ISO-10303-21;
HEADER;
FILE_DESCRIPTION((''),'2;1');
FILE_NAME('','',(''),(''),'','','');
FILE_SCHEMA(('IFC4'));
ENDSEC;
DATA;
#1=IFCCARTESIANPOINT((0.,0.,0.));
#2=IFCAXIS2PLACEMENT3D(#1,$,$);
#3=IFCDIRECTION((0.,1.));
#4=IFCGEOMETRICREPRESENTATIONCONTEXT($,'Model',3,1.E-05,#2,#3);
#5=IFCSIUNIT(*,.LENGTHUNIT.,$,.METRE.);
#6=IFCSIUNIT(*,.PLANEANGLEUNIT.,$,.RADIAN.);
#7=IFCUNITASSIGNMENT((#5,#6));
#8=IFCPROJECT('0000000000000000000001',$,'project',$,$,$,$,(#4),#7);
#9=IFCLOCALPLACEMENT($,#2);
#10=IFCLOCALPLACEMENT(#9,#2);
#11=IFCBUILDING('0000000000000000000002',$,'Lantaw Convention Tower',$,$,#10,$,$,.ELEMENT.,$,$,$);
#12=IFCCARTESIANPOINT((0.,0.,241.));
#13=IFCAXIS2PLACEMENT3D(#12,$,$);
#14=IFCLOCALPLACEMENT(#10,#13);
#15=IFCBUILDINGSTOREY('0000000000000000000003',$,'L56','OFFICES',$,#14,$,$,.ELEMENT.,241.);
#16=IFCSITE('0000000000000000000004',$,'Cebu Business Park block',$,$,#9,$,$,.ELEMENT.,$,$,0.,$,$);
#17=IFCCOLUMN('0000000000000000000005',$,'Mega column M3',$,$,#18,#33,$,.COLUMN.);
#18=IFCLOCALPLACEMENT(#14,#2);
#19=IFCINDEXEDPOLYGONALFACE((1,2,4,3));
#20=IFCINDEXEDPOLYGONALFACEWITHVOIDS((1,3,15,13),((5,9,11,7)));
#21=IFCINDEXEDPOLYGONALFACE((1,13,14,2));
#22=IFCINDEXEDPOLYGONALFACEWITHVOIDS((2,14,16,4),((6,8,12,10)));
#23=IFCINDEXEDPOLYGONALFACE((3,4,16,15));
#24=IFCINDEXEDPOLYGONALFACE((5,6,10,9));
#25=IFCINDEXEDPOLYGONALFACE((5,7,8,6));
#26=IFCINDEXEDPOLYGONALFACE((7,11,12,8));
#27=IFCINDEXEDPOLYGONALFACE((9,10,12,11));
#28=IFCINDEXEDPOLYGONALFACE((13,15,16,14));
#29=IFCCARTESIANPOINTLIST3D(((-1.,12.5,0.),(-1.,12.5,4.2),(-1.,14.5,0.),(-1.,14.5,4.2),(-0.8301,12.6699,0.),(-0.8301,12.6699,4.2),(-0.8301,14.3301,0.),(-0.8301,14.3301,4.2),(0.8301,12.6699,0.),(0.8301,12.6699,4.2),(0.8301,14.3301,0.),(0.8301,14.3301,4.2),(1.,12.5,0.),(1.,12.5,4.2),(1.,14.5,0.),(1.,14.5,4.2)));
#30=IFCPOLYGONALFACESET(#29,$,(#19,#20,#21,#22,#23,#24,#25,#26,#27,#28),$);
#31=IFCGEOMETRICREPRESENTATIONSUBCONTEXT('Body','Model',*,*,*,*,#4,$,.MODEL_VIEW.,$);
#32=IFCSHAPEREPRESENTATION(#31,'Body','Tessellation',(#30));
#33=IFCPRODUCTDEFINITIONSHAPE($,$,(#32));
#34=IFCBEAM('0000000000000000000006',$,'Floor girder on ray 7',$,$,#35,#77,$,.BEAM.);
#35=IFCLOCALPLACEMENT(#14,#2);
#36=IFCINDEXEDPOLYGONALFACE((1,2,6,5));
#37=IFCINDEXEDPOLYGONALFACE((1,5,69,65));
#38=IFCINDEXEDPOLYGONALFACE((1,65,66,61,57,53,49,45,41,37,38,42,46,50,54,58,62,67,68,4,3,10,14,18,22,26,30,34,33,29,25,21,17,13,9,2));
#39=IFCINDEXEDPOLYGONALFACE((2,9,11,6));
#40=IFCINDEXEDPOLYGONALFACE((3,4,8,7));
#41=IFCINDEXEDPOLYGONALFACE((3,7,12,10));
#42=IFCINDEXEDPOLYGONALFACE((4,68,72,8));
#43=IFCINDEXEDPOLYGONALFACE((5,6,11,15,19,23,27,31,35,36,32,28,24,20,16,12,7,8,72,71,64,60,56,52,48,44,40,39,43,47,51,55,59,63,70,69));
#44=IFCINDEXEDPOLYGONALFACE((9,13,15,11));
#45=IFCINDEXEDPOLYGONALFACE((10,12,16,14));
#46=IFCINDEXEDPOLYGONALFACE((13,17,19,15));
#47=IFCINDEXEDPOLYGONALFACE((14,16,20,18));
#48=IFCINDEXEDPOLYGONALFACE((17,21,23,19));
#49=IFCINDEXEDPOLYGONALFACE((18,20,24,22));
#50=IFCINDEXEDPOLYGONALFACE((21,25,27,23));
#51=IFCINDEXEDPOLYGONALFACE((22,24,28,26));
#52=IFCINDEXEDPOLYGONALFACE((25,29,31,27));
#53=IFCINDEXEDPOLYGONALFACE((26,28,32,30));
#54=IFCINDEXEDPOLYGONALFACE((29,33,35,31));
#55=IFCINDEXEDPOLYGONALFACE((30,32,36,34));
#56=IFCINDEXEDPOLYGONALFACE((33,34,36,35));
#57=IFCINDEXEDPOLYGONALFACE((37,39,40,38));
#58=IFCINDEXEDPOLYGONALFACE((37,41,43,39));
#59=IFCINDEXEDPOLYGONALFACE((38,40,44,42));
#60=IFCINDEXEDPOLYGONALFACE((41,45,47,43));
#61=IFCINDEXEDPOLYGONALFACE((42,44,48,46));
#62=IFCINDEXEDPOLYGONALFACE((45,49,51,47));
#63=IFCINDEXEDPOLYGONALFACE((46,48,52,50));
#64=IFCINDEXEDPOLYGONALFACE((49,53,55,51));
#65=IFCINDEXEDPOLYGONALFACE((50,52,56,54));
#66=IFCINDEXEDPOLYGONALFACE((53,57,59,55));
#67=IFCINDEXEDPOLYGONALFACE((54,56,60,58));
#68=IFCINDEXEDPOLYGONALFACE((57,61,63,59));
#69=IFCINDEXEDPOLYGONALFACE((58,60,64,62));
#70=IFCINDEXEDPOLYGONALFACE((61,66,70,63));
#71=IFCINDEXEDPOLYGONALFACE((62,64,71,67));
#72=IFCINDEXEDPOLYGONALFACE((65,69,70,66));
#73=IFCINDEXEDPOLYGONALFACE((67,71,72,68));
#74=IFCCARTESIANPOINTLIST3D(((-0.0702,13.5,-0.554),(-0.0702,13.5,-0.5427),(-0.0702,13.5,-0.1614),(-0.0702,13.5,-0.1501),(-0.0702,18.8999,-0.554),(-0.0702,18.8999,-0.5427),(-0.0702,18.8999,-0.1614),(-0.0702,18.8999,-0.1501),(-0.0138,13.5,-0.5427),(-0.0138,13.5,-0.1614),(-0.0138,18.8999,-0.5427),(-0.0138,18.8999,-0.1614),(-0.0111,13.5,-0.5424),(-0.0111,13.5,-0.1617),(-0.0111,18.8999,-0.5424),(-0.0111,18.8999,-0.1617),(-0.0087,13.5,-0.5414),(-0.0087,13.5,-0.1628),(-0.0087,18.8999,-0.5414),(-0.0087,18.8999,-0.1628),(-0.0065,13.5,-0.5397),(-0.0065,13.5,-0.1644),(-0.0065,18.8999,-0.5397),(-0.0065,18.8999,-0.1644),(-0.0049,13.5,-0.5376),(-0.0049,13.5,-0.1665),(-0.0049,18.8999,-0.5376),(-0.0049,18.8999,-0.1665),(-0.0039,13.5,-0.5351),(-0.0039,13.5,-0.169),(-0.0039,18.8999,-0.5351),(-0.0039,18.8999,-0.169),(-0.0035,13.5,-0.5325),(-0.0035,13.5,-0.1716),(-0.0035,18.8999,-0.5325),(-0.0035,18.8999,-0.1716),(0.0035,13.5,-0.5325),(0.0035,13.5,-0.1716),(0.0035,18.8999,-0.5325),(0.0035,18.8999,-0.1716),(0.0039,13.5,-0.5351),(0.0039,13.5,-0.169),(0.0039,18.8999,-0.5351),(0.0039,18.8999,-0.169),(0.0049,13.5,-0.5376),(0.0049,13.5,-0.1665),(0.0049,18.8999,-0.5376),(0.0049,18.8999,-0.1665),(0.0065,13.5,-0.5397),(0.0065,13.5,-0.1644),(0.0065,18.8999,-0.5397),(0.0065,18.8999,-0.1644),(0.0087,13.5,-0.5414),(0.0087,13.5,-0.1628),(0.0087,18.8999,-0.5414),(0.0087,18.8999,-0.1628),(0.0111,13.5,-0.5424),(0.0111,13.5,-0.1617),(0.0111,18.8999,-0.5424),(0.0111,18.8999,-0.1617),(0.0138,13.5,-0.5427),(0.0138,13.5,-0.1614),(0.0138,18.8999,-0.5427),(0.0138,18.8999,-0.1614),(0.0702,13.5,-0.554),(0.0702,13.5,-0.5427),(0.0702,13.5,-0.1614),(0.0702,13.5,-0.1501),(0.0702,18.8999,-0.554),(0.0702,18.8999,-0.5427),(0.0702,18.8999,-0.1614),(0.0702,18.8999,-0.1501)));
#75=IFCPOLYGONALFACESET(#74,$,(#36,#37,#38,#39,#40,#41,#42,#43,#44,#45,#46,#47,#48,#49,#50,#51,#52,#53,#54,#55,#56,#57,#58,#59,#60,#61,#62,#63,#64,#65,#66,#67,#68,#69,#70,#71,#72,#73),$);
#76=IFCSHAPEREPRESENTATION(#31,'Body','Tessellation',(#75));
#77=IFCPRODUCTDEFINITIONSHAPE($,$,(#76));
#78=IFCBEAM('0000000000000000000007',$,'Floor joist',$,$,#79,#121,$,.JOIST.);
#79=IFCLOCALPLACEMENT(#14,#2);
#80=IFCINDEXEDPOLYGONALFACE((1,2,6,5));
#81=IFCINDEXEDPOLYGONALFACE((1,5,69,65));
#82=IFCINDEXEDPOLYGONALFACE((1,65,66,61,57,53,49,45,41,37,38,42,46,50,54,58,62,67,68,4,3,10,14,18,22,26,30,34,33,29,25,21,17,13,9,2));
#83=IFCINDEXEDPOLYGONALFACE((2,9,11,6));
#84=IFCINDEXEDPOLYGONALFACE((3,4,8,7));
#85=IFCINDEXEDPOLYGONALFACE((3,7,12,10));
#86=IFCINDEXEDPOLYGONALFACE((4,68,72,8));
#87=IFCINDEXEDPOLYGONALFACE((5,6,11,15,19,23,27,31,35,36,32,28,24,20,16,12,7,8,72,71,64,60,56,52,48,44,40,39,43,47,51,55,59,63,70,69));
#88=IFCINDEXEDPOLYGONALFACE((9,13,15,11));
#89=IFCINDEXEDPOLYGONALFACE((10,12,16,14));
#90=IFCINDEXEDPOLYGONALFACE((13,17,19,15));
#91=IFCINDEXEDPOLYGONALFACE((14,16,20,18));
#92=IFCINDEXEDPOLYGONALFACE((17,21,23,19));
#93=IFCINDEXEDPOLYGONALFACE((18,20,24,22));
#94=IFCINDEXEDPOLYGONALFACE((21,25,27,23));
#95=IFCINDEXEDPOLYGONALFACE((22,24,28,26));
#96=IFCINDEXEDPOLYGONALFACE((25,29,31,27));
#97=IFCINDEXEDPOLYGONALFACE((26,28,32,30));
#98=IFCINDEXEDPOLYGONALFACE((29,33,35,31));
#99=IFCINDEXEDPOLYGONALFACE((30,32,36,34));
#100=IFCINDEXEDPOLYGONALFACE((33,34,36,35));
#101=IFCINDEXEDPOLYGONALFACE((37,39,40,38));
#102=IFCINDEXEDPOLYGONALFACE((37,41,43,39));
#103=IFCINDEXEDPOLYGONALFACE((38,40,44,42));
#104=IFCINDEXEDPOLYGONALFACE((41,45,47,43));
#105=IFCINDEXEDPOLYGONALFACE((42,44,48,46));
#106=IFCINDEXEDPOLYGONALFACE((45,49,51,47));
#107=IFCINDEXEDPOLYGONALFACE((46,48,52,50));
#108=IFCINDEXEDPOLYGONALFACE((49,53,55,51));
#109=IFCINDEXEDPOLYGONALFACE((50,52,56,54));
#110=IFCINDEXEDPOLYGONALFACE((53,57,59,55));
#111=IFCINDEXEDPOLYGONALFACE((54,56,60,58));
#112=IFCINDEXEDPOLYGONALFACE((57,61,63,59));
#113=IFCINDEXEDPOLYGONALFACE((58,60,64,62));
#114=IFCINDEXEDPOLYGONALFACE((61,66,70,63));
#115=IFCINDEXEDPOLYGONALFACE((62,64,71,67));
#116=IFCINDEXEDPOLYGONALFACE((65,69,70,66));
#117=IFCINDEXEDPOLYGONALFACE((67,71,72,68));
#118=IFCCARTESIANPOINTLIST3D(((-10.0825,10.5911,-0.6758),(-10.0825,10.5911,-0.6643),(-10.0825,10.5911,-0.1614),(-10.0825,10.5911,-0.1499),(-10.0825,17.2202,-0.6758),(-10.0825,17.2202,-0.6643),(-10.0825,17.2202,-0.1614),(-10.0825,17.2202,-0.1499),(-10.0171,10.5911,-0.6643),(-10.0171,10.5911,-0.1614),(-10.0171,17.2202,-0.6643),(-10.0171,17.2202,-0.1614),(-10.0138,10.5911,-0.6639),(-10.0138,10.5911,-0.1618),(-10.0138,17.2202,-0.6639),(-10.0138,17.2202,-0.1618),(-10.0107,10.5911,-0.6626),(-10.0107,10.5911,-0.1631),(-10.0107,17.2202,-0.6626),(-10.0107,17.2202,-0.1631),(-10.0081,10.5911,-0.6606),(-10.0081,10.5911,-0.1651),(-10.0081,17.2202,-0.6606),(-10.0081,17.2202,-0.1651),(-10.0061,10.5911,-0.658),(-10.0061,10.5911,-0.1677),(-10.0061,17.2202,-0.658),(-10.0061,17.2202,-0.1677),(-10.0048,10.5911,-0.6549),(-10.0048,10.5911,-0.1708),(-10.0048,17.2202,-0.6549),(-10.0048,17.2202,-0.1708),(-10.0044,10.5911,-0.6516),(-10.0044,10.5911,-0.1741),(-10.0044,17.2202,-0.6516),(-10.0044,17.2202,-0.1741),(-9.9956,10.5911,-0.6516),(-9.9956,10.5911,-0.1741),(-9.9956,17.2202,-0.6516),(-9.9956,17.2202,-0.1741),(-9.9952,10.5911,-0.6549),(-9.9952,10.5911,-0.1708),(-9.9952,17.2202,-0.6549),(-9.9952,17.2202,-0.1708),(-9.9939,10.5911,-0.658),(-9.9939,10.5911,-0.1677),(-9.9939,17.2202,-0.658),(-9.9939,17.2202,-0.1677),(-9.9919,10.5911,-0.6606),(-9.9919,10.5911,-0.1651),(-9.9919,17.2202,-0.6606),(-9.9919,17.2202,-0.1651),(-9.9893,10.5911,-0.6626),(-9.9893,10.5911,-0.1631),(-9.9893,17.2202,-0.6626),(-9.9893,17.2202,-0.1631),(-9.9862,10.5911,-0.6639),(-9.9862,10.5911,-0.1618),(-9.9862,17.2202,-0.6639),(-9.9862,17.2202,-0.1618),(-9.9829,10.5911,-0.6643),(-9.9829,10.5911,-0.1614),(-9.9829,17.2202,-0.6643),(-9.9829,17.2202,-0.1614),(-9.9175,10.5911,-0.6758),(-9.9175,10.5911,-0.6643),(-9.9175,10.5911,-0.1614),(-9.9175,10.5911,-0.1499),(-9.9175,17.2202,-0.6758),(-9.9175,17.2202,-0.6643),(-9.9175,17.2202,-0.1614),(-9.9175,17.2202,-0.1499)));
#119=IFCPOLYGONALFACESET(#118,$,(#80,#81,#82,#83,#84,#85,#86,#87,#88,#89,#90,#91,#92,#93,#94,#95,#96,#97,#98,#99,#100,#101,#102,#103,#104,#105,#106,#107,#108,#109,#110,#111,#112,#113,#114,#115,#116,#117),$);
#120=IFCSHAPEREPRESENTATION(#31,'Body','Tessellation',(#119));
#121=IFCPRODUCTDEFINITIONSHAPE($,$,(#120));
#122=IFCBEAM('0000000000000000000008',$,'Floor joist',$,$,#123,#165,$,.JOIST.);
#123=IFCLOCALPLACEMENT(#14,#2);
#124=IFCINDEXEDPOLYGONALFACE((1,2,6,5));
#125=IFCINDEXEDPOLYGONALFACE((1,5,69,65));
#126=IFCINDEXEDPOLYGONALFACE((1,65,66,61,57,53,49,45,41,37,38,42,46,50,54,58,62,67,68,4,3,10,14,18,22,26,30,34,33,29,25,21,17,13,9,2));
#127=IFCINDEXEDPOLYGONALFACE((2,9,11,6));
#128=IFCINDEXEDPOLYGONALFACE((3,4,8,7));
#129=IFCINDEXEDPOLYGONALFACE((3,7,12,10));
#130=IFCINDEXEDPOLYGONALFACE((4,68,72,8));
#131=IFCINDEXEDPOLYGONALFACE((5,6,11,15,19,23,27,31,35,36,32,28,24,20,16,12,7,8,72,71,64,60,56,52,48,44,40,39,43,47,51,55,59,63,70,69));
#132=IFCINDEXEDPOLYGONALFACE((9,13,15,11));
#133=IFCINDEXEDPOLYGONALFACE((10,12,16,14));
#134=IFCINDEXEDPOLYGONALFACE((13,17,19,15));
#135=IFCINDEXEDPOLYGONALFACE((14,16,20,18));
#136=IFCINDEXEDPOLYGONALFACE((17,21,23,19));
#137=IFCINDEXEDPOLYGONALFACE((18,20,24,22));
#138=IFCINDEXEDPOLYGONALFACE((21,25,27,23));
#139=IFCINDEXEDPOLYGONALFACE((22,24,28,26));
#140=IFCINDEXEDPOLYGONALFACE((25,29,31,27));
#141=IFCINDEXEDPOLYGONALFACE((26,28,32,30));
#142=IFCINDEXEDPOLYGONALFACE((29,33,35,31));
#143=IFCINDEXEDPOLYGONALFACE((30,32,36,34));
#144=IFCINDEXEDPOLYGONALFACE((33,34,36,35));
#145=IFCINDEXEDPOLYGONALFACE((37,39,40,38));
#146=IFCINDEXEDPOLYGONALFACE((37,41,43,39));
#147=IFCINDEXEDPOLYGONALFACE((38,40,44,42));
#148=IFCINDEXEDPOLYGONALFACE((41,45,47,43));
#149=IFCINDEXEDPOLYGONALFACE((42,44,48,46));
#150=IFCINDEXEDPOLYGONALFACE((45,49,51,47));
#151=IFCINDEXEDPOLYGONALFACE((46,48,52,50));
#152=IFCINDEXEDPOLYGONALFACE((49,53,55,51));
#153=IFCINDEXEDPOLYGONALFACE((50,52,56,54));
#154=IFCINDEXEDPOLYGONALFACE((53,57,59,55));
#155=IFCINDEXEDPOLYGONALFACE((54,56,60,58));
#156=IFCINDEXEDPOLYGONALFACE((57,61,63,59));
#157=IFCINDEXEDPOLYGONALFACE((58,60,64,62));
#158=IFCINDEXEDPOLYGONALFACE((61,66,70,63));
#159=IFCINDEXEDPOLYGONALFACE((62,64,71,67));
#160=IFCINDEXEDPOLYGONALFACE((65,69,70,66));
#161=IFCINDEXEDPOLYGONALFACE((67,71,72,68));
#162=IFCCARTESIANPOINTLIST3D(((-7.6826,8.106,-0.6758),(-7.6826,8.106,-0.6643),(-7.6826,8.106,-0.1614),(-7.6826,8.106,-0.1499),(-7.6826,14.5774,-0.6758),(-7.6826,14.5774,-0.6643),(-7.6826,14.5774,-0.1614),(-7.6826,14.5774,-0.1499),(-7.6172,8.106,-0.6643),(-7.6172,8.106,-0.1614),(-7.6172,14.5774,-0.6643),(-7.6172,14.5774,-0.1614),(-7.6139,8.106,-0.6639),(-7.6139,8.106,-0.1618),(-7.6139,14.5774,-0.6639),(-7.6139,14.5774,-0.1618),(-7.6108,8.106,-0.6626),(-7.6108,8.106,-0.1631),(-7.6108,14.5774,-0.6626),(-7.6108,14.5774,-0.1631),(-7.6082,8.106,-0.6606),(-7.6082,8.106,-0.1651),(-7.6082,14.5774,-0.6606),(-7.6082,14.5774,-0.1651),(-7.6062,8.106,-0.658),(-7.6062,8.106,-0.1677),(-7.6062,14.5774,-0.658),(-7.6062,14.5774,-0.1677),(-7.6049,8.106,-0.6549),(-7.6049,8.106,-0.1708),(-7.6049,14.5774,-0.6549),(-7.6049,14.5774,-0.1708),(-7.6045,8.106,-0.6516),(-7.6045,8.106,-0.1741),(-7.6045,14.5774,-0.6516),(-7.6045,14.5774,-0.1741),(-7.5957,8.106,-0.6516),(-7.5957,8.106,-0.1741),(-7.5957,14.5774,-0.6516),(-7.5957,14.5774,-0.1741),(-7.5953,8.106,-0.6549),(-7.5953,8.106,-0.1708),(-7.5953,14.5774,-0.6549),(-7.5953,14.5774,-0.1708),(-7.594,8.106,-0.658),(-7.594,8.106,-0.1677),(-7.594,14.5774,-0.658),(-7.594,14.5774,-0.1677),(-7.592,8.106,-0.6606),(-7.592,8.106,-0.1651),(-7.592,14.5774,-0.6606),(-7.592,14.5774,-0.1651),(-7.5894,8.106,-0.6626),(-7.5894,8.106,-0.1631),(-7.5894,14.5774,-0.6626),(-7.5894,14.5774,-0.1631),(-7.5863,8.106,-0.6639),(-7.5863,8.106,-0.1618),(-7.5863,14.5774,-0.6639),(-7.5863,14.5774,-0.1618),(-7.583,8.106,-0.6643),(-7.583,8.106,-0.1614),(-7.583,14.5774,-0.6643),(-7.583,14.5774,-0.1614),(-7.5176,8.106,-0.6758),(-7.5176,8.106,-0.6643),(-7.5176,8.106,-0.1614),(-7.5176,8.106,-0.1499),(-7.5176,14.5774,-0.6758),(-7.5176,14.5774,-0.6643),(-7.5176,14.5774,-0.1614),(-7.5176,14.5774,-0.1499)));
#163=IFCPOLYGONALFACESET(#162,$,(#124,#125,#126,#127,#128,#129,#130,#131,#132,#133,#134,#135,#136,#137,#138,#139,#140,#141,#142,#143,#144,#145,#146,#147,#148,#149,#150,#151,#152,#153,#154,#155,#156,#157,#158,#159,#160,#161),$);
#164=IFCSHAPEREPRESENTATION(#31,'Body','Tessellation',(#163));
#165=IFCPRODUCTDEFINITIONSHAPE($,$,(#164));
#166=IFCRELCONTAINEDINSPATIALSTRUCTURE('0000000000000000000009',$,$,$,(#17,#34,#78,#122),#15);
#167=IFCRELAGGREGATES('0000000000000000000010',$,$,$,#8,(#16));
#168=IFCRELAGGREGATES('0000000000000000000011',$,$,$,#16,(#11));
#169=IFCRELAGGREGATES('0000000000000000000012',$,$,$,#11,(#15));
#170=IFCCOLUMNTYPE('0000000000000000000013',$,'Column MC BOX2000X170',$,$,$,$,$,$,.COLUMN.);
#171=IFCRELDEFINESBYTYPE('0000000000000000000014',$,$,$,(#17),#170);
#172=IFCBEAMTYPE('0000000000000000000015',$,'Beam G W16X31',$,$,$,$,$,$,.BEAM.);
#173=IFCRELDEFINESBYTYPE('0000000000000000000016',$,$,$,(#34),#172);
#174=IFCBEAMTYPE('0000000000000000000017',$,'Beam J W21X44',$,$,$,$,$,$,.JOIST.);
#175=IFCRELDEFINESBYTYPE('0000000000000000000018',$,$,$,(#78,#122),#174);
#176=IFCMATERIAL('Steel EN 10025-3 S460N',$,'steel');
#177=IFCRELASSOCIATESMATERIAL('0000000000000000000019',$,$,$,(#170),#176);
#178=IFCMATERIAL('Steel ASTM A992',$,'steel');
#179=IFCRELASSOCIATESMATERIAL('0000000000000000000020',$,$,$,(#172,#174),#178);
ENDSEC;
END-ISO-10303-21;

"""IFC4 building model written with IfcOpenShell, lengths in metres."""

from ifc_helpers import new_model, si_unit, direction, frame, origin, origin_2d, place, context, subcontext, project, spatial, rectangle, hollow_rectangle, i_section, extrude, material, material_profile, profile_set, type_object, element, save


model = new_model("IFC4")

# Units and contexts
model_context = context("Model", 3, precision=1e-05, world=origin(), true_north=direction((0.0, 1.0)))
body_context = subcontext(model_context, "Body", "Model", "MODEL_VIEW")
ifc_project = project(units=[si_unit("LENGTHUNIT", "METRE"), si_unit("PLANEANGLEUNIT", "RADIAN")], contexts=[model_context])

# Site, building, storey
site_placement = place(None, origin())
site = spatial("IfcSite", under=ifc_project, at=site_placement, Name="Cebu Business Park block", CompositionType="ELEMENT", RefElevation=0.0)
building_placement = place(site_placement, origin())
building = spatial("IfcBuilding", under=site, at=building_placement, Name="Lantaw Convention Tower", CompositionType="ELEMENT")
storey_placement = place(building_placement, frame((0.0, 0.0, 241.0)))
storey = spatial("IfcBuildingStorey", under=building, at=storey_placement, Name="L56", Description="OFFICES", CompositionType="ELEMENT", Elevation=241.0)

# Column
ifc_material_1 = material(Name="Steel EN 10025-3 S460N", Category="steel")
ifc_material_profile_1 = material_profile(ifc_material_1, hollow_rectangle(XDim=2.0, YDim=2.0, WallThickness=0.1699, at=origin_2d()), Name="BOX2000X170")
ifc_material_2 = material(Name="Concrete C60/75", Category="concrete")
ifc_material_profile_2 = material_profile(ifc_material_2, rectangle(XDim=1.6599, YDim=1.6599, at=origin_2d()), Name="Concrete fill of BOX2000X170")
ifc_profile_set_1 = profile_set([ifc_material_profile_1, ifc_material_profile_2], Name="Steel EN 10025-3 S460N")
column_type = type_object("IfcColumnType", Name="Column MC BOX2000X170", PredefinedType="COLUMN", material=ifc_profile_set_1)
column_placement = place(storey_placement, frame((0.0, 13.5, 0.0), z_axis=(0.0, 0.0, 1.0), x_axis=(1.0, 0.0, 0.0)))
element("IfcColumn", 1, at=column_placement, inside=storey, type_object=column_type, Name="Mega column M3", PredefinedType="COLUMN", context=body_context, shape_type="SweptSolid", body=[
    extrude(hollow_rectangle(XDim=2.0, YDim=2.0, WallThickness=0.1699, at=origin_2d()), origin(), (0.0, 0.0, 1.0), 4.2),
])

# Beams
ifc_material_3 = material(Name="Steel ASTM A992", Category="steel")
ifc_material_profile_3 = material_profile(ifc_material_3, i_section(OverallWidth=0.1404, OverallDepth=0.4038, WebThickness=0.0071, FlangeThickness=0.0112, FilletRadius=0.0103, at=origin_2d()), Name="W16X31")
ifc_profile_set_2 = profile_set([ifc_material_profile_3], Name="Steel ASTM A992")
beam_type_1 = type_object("IfcBeamType", Name="Beam G W16X31", PredefinedType="BEAM", material=ifc_profile_set_2)
beam_1_placement = place(storey_placement, frame((0.0, 13.5, -0.3521), z_axis=(0.0, 1.0, 0.0), x_axis=(-1.0, 0.0, 0.0)))
element("IfcBeam", 2, at=beam_1_placement, inside=storey, type_object=beam_type_1, Name="Floor girder on ray 7", PredefinedType="BEAM", context=body_context, shape_type="SweptSolid", body=[
    extrude(i_section(OverallWidth=0.1404, OverallDepth=0.4038, WebThickness=0.0071, FlangeThickness=0.0112, FilletRadius=0.0103, at=origin_2d()), origin(), (0.0, 0.0, 1.0), 5.3999),
])
ifc_material_profile_4 = material_profile(ifc_material_3, i_section(OverallWidth=0.165, OverallDepth=0.5259, WebThickness=0.0088, FlangeThickness=0.0115, FilletRadius=0.0127, at=origin_2d()), Name="W21X44")
ifc_profile_set_3 = profile_set([ifc_material_profile_4], Name="Steel ASTM A992")
beam_type_2 = type_object("IfcBeamType", Name="Beam J W21X44", PredefinedType="JOIST", material=ifc_profile_set_3)
beam_2_placement = place(storey_placement, frame((-10.0, 10.5911, -0.4128), z_axis=(0.0, 1.0, 0.0), x_axis=(-1.0, 0.0, 0.0)))
element("IfcBeam", 3, at=beam_2_placement, inside=storey, type_object=beam_type_2, Name="Floor joist", PredefinedType="JOIST", context=body_context, shape_type="SweptSolid", body=[
    extrude(i_section(OverallWidth=0.165, OverallDepth=0.5259, WebThickness=0.0088, FlangeThickness=0.0115, FilletRadius=0.0127, at=origin_2d()), origin(), (0.0, 0.0, 1.0), 6.6292),
])
beam_3_placement = place(storey_placement, frame((-7.6001, 8.106, -0.4128), z_axis=(0.0, 1.0, 0.0), x_axis=(-1.0, 0.0, 0.0)))
element("IfcBeam", 4, at=beam_3_placement, inside=storey, type_object=beam_type_2, Name="Floor joist", PredefinedType="JOIST", context=body_context, shape_type="SweptSolid", body=[
    extrude(i_section(OverallWidth=0.165, OverallDepth=0.5259, WebThickness=0.0088, FlangeThickness=0.0115, FilletRadius=0.0127, at=origin_2d()), origin(), (0.0, 0.0, 1.0), 6.4714),
])

save(model, "model.ifc")
